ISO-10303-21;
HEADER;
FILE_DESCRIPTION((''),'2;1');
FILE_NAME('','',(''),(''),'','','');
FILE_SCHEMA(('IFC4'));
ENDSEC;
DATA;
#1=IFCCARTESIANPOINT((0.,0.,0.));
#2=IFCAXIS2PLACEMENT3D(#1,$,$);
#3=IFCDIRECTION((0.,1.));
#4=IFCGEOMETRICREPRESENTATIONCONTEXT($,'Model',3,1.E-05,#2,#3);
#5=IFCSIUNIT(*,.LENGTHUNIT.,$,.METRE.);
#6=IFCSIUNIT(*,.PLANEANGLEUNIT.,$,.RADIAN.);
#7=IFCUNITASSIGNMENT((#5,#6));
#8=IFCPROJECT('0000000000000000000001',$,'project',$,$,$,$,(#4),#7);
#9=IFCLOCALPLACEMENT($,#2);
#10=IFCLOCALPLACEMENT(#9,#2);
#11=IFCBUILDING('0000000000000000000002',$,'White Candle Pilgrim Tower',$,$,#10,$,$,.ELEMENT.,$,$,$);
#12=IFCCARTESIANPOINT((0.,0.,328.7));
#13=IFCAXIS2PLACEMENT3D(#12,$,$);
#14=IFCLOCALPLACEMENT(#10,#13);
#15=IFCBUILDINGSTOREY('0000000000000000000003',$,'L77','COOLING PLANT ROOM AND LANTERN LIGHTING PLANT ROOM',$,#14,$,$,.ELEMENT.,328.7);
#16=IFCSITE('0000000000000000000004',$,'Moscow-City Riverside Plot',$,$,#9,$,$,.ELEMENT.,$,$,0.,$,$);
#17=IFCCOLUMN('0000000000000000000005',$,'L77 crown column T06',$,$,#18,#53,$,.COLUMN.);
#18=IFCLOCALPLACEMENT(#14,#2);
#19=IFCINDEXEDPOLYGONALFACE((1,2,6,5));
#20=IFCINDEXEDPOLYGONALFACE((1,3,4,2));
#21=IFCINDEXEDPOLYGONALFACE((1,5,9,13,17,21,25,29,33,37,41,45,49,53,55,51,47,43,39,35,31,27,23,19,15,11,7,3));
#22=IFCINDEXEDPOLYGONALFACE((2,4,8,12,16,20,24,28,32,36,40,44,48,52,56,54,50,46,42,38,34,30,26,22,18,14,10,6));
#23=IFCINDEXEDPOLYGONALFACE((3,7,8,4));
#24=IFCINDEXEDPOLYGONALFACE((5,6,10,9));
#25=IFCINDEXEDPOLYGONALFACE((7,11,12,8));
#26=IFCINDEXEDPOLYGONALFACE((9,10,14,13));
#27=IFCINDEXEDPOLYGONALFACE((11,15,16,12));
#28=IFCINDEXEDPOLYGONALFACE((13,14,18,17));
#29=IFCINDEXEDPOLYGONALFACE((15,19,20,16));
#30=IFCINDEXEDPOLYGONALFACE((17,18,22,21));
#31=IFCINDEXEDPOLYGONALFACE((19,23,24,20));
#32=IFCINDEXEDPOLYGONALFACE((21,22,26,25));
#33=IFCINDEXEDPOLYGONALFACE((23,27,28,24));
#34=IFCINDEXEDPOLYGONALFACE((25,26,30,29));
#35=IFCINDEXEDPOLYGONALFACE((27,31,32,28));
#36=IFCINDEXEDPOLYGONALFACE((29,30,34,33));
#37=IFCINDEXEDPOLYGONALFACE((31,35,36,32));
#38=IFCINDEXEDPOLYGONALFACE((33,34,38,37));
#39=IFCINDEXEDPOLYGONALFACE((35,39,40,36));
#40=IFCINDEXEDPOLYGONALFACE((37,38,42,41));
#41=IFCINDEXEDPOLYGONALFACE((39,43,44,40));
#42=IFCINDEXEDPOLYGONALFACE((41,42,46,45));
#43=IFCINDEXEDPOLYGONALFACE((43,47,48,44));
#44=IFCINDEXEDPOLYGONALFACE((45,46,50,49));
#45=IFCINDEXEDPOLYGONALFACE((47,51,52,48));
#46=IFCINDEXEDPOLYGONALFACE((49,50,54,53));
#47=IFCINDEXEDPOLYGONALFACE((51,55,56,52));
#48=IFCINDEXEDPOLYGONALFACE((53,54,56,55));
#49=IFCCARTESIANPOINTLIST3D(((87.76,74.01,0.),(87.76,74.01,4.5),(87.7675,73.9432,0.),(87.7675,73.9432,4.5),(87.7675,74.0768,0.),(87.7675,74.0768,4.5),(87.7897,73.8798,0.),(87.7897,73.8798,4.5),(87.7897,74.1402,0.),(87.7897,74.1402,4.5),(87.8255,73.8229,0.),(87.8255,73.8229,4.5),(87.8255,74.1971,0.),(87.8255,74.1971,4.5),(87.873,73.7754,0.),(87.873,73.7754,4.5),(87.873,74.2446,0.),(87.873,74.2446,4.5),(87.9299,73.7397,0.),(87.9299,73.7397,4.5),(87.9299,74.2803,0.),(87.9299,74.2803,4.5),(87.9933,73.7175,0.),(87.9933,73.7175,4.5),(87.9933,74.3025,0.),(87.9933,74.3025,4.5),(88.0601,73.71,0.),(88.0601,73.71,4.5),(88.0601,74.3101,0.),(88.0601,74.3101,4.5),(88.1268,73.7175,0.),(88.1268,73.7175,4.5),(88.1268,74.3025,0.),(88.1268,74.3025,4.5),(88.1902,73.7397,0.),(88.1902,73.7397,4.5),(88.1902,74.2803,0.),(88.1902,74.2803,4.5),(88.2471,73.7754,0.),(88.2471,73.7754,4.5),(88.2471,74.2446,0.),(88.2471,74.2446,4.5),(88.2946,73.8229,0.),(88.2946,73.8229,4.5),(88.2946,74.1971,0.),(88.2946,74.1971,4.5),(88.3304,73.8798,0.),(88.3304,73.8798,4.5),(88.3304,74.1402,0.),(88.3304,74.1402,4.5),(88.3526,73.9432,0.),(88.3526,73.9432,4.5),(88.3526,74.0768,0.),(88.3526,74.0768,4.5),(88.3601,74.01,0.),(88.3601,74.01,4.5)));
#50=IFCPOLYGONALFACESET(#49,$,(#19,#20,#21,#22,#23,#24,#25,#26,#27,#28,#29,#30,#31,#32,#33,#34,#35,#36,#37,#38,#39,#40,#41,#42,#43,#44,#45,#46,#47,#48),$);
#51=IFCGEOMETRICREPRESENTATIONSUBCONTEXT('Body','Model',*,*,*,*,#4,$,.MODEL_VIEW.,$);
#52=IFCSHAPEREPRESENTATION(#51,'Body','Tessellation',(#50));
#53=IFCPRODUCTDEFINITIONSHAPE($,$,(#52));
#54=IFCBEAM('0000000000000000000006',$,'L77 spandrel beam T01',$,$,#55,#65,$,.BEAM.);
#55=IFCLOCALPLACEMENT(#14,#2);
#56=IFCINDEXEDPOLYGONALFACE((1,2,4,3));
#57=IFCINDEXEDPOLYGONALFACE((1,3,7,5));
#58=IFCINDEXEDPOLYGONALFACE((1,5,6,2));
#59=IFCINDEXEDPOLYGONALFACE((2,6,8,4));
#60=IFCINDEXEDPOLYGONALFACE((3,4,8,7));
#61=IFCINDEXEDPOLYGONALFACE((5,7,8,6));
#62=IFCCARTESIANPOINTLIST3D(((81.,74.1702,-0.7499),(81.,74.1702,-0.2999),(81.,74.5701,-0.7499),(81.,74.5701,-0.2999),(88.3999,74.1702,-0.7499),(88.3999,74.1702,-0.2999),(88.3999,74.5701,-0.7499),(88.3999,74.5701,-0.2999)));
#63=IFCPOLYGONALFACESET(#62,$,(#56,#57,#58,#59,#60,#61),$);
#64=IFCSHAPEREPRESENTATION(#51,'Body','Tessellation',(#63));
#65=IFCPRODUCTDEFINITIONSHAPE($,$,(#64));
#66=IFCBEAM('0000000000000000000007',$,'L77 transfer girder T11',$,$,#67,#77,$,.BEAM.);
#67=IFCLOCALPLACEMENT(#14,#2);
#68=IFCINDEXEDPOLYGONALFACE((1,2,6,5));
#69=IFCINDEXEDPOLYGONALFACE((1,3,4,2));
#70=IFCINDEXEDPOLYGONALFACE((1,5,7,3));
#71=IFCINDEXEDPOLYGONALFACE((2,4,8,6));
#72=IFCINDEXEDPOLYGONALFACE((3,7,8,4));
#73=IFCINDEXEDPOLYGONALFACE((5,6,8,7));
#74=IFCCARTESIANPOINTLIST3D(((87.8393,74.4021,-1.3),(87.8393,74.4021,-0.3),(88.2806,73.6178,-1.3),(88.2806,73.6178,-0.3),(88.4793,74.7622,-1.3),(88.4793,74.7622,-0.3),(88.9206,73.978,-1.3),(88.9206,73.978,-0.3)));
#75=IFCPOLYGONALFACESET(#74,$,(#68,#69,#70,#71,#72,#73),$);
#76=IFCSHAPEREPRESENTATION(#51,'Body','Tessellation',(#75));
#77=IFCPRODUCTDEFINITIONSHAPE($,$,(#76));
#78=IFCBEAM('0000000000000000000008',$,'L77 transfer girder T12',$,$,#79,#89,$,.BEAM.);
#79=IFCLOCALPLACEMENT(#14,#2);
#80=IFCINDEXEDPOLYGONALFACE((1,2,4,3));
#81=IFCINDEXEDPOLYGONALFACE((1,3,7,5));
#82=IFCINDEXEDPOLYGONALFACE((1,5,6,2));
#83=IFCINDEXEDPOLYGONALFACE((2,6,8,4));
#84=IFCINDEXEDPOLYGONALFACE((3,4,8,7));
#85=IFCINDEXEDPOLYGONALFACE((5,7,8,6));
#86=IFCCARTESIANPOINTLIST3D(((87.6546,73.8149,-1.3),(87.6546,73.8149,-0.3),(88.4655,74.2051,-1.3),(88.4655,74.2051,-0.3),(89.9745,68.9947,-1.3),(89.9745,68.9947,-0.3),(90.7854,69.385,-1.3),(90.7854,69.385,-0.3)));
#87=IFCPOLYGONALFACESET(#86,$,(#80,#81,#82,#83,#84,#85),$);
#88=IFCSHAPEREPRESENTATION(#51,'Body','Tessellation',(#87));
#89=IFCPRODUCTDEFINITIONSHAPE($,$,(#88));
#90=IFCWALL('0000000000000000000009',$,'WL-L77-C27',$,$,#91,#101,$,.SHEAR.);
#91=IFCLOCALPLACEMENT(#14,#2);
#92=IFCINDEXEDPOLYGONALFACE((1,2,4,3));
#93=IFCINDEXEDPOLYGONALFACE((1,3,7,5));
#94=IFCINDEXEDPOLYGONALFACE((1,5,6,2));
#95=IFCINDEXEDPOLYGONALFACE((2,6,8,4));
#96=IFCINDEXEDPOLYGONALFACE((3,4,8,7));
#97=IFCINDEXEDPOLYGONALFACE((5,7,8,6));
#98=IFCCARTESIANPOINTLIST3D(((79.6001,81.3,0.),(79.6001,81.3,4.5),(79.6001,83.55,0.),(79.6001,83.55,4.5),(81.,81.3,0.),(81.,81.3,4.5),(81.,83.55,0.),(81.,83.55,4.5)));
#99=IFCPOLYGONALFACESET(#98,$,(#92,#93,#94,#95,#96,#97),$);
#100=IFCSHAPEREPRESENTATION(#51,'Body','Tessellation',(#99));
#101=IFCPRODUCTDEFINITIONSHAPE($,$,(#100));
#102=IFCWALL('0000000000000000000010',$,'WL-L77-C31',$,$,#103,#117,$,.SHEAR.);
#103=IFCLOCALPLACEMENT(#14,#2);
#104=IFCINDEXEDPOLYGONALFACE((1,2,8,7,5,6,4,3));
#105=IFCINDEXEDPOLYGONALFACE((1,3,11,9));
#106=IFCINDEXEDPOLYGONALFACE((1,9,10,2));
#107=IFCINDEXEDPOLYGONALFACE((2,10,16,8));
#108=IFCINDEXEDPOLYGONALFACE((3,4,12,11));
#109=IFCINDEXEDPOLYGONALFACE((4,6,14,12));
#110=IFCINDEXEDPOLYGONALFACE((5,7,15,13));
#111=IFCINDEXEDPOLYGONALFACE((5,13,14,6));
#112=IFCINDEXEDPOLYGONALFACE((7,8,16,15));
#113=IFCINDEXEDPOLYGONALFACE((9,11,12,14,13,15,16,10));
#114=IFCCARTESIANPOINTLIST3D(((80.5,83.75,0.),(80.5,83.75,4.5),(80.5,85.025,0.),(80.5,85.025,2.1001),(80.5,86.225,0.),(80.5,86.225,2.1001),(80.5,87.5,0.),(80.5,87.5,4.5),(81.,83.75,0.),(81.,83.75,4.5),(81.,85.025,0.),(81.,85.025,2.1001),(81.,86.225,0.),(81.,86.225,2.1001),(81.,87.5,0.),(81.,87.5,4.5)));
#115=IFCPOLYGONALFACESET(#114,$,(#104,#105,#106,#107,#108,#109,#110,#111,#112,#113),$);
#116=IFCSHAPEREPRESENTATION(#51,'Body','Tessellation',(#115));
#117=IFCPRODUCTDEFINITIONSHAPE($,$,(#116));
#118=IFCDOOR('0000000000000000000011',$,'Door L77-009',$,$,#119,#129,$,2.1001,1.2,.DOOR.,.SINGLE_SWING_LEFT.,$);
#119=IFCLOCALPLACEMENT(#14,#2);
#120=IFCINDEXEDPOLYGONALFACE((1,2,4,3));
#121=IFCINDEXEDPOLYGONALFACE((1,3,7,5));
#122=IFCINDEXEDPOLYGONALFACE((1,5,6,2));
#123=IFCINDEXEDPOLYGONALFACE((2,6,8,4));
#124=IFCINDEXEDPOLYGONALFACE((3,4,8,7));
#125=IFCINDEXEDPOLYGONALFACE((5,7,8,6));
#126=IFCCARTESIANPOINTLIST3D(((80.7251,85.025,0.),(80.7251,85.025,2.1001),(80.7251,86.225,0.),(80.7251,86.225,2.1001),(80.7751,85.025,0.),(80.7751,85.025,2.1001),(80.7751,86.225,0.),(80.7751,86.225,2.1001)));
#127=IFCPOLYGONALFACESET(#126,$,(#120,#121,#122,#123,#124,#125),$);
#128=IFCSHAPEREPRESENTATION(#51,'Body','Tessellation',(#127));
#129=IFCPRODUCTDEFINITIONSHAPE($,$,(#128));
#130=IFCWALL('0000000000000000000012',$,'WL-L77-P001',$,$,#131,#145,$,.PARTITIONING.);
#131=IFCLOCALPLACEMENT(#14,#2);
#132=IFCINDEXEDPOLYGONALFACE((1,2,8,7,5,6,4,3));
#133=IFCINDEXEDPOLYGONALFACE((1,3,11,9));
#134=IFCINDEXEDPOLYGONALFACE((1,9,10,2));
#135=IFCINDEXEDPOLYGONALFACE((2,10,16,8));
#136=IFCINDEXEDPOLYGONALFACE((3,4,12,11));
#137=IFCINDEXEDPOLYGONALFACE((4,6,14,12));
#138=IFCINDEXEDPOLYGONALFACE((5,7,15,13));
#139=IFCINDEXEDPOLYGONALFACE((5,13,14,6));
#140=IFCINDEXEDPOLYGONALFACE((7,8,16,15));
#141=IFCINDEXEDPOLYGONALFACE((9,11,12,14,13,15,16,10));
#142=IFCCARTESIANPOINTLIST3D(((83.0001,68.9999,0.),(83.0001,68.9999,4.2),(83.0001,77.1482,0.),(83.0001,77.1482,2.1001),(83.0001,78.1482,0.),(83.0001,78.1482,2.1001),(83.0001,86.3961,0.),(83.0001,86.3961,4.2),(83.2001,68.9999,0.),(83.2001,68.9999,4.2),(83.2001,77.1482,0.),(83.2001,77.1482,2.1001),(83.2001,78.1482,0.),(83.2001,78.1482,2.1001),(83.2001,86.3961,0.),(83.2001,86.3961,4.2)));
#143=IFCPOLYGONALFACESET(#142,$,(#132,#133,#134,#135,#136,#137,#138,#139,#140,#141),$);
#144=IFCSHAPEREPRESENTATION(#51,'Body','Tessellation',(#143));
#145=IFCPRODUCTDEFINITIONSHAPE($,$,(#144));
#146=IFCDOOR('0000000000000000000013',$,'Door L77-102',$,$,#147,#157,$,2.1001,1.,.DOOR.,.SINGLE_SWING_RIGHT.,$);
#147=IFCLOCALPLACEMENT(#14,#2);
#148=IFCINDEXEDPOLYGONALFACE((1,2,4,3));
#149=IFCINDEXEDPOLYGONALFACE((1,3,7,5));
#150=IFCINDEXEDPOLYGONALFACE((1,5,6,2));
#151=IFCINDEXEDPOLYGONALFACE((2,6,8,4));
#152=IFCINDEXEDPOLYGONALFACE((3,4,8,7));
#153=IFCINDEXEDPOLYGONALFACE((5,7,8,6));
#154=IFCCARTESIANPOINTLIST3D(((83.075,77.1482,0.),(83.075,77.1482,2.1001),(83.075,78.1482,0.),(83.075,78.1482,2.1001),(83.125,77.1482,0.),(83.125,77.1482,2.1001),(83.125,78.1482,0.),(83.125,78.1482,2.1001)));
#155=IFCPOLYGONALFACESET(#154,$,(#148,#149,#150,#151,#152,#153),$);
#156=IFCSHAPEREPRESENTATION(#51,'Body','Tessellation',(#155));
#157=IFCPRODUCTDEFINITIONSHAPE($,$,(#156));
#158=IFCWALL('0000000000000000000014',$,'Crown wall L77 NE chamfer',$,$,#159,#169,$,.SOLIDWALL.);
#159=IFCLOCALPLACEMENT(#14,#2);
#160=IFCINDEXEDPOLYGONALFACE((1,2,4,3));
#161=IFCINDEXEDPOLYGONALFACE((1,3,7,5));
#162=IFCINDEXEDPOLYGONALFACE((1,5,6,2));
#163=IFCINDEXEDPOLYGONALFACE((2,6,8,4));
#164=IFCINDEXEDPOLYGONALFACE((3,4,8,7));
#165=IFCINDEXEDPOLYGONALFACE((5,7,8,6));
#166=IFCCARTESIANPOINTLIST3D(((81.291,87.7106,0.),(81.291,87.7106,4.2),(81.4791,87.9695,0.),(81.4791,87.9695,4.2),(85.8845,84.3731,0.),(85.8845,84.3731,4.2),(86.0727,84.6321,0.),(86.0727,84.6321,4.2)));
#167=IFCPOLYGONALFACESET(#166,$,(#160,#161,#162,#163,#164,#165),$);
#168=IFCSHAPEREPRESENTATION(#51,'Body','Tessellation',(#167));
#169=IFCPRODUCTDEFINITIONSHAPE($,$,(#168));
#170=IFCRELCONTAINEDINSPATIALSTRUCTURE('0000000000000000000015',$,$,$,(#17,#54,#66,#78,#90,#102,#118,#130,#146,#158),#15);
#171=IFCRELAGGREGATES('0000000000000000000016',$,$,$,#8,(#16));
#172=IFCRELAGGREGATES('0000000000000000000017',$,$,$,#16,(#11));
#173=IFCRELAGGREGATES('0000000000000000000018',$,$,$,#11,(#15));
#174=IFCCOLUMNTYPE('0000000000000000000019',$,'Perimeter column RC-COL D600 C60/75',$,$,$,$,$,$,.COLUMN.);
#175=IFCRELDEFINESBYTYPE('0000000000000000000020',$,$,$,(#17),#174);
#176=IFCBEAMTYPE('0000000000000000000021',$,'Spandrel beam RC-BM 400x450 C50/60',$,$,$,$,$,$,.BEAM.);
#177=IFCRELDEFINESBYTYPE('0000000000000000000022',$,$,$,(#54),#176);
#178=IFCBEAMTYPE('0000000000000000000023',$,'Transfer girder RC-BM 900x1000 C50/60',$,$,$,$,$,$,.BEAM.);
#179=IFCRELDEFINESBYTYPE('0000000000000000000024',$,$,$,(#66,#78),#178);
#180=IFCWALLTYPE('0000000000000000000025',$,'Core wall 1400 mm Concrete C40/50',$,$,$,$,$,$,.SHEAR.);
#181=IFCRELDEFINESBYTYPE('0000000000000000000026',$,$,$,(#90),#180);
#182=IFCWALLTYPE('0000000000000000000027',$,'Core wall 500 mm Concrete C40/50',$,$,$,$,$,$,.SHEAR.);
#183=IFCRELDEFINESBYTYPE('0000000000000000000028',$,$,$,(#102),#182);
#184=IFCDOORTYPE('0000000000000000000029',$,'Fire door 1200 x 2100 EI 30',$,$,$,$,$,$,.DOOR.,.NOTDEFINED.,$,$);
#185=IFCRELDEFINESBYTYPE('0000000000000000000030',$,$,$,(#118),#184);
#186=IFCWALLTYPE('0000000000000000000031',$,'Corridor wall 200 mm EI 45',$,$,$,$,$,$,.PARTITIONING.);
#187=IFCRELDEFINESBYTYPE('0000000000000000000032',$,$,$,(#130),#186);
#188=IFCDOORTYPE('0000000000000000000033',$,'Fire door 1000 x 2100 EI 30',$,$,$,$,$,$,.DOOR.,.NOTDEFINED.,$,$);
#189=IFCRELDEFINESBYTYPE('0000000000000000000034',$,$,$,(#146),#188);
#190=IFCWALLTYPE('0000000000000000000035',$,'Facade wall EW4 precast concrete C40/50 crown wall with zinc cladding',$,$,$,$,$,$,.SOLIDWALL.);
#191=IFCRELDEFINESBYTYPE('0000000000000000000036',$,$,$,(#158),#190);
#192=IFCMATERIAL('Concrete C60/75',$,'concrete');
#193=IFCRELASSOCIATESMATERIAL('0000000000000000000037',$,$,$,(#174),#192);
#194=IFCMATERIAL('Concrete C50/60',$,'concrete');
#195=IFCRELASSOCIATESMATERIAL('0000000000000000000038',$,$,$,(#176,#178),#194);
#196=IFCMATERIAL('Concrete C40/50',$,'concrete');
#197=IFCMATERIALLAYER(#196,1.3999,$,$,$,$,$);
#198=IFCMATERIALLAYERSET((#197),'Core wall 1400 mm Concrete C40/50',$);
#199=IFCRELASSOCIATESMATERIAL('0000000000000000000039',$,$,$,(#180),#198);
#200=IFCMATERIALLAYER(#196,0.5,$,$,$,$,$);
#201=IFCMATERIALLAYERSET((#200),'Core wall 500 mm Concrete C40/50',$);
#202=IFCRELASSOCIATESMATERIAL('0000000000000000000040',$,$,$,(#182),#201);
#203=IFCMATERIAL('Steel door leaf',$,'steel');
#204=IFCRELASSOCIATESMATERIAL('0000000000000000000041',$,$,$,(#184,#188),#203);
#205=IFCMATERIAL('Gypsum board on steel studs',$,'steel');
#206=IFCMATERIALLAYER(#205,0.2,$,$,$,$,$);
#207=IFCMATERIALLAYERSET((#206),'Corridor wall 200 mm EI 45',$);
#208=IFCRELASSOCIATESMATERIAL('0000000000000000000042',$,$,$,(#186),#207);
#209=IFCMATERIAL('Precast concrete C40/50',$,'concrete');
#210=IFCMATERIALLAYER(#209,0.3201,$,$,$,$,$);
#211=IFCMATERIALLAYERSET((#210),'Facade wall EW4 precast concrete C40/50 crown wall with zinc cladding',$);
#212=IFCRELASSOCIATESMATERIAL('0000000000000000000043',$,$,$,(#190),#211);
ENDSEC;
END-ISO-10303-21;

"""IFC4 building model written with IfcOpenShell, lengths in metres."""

from ifc_helpers import new_model, si_unit, direction, frame, frame_2d, origin, origin_2d, place, context, subcontext, project, spatial, rectangle, circle, extrude, material, layer, layer_set, material_profile, profile_set, type_object, element, fill, save


model = new_model("IFC4")

# Units and contexts
model_context = context("Model", 3, precision=1e-05, world=origin(), true_north=direction((0.0, 1.0)))
body_context = subcontext(model_context, "Body", "Model", "MODEL_VIEW")
ifc_project = project(units=[si_unit("LENGTHUNIT", "METRE"), si_unit("PLANEANGLEUNIT", "RADIAN")], contexts=[model_context])

# Site, building, storey
site_placement = place(None, origin())
site = spatial("IfcSite", under=ifc_project, at=site_placement, Name="Moscow-City Riverside Plot", CompositionType="ELEMENT", RefElevation=0.0)
building_placement = place(site_placement, origin())
building = spatial("IfcBuilding", under=site, at=building_placement, Name="White Candle Pilgrim Tower", CompositionType="ELEMENT")
storey_placement = place(building_placement, frame((0.0, 0.0, 328.7)))
storey = spatial("IfcBuildingStorey", under=building, at=storey_placement, Name="L77", Description="COOLING PLANT ROOM AND LANTERN LIGHTING PLANT ROOM", CompositionType="ELEMENT", Elevation=328.7)

# Column
ifc_material_1 = material(Name="Concrete C60/75", Category="concrete")
ifc_material_profile_1 = material_profile(ifc_material_1, circle(Radius=0.3, at=origin_2d()), Name="RC-COL D600")
ifc_profile_set_1 = profile_set([ifc_material_profile_1], Name="Concrete C60/75")
column_type = type_object("IfcColumnType", Name="Perimeter column RC-COL D600 C60/75", PredefinedType="COLUMN", material=ifc_profile_set_1)
column_placement = place(storey_placement, frame((88.0601, 74.01, 0.0), z_axis=(0.0, 0.0, 1.0), x_axis=(1.0, 0.0, 0.0)))
element("IfcColumn", 1, at=column_placement, inside=storey, type_object=column_type, Name="L77 crown column T06", PredefinedType="COLUMN", context=body_context, shape_type="SweptSolid", body=[
    extrude(circle(Radius=0.3, at=origin_2d()), origin(), (0.0, 0.0, 1.0), 4.5),
])

# Beams
ifc_material_2 = material(Name="Concrete C50/60", Category="concrete")
ifc_material_profile_2 = material_profile(ifc_material_2, rectangle(XDim=0.3999, YDim=0.45, at=origin_2d()), Name="RC-BM 400x450")
ifc_profile_set_2 = profile_set([ifc_material_profile_2], Name="Concrete C50/60")
beam_type_1 = type_object("IfcBeamType", Name="Spandrel beam RC-BM 400x450 C50/60", PredefinedType="BEAM", material=ifc_profile_set_2)
beam_1_placement = place(storey_placement, frame((88.3999, 74.3701, -0.5249), z_axis=(-1.0, 0.0, 0.0), x_axis=(0.0, -1.0, 0.0)))
element("IfcBeam", 2, at=beam_1_placement, inside=storey, type_object=beam_type_1, Name="L77 spandrel beam T01", PredefinedType="BEAM", context=body_context, shape_type="SweptSolid", body=[
    extrude(rectangle(XDim=0.3999, YDim=0.45, at=origin_2d()), origin(), (0.0, 0.0, 1.0), 7.3999),
])
ifc_material_profile_3 = material_profile(ifc_material_2, rectangle(XDim=0.8999, YDim=1.0, at=origin_2d()), Name="RC-BM 900x1000")
ifc_profile_set_3 = profile_set([ifc_material_profile_3], Name="Concrete C50/60")
beam_type_2 = type_object("IfcBeamType", Name="Transfer girder RC-BM 900x1000 C50/60", PredefinedType="BEAM", material=ifc_profile_set_3)
beam_2_placement = place(storey_placement, frame((88.7, 74.3701, -0.8), z_axis=(-0.871478, -0.490435, 0.0), x_axis=(0.490435, -0.871478, 0.0)))
element("IfcBeam", 3, at=beam_2_placement, inside=storey, type_object=beam_type_2, Name="L77 transfer girder T11", PredefinedType="BEAM", context=body_context, shape_type="SweptSolid", body=[
    extrude(rectangle(XDim=0.8999, YDim=1.0, at=origin_2d()), origin(), (0.0, 0.0, 1.0), 0.7344),
])
beam_3_placement = place(storey_placement, frame((88.0601, 74.01, -0.8), z_axis=(0.433672, -0.901071, 0.0), x_axis=(0.901071, 0.433672, 0.0)))
element("IfcBeam", 4, at=beam_3_placement, inside=storey, type_object=beam_type_2, Name="L77 transfer girder T12", PredefinedType="BEAM", context=body_context, shape_type="SweptSolid", body=[
    extrude(rectangle(XDim=0.8999, YDim=1.0, at=origin_2d()), origin(), (0.0, 0.0, 1.0), 5.3494),
])

# Wall
ifc_material_3 = material(Name="Concrete C40/50", Category="concrete")
ifc_layer_1 = layer(ifc_material_3, 1.3999)
ifc_layer_set_1 = layer_set([ifc_layer_1], Name="Core wall 1400 mm Concrete C40/50")
wall_type_1 = type_object("IfcWallType", Name="Core wall 1400 mm Concrete C40/50", PredefinedType="SHEAR", material=ifc_layer_set_1)
wall_1_placement = place(storey_placement, frame((80.3, 81.3, 0.0), z_axis=(0.0, 0.0, 1.0), x_axis=(0.0, 1.0, 0.0)))
element("IfcWall", 5, at=wall_1_placement, inside=storey, type_object=wall_type_1, Name="WL-L77-C27", PredefinedType="SHEAR", context=body_context, shape_type="SweptSolid", body=[
    extrude(rectangle(XDim=2.25, YDim=1.3999, at=frame_2d((1.125, 0.0))), origin(), (0.0, 0.0, 1.0), 4.5),
])

# Walls, openings, doors
ifc_layer_2 = layer(ifc_material_3, 0.5)
ifc_layer_set_2 = layer_set([ifc_layer_2], Name="Core wall 500 mm Concrete C40/50")
wall_type_2 = type_object("IfcWallType", Name="Core wall 500 mm Concrete C40/50", PredefinedType="SHEAR", material=ifc_layer_set_2)
wall_2_placement = place(storey_placement, frame((80.75, 83.75, 0.0), z_axis=(0.0, 0.0, 1.0), x_axis=(0.0, 1.0, 0.0)))
wall_2 = element("IfcWall", 6, at=wall_2_placement, inside=storey, type_object=wall_type_2, Name="WL-L77-C31", PredefinedType="SHEAR", context=body_context, shape_type="SweptSolid", body=[
    extrude(rectangle(XDim=3.75, YDim=0.5, at=frame_2d((1.875, 0.0))), origin(), (0.0, 0.0, 1.0), 4.5),
])
opening_1_placement = place(wall_2_placement, frame((1.2749, 0.0, 0.0)))
opening_1 = element("IfcOpeningElement", 7, at=opening_1_placement, cuts=wall_2, PredefinedType="OPENING", context=body_context, shape_type="SweptSolid", body=[
    extrude(rectangle(XDim=1.2, YDim=2.1001, at=frame_2d((0.6001, 1.05))), frame((0.0, 0.26, 0.0), z_axis=(0.0, -1.0, 0.0), x_axis=(1.0, 0.0, 0.0)), (0.0, 0.0, 1.0), 0.52),
])
ifc_material_4 = material(Name="Steel door leaf", Category="steel")
door_type_1 = type_object("IfcDoorType", Name="Fire door 1200 x 2100 EI 30", OperationType="NOTDEFINED", PredefinedType="DOOR", material=ifc_material_4)
door_1_placement = place(opening_1_placement, origin())
door_1 = element("IfcDoor", 8, at=door_1_placement, inside=storey, type_object=door_type_1, Name="Door L77-009", OperationType="SINGLE_SWING_LEFT", OverallHeight=2.1001, OverallWidth=1.2, PredefinedType="DOOR", context=body_context, shape_type="SweptSolid", body=[
    extrude(rectangle(XDim=1.2, YDim=2.1001, at=frame_2d((0.6001, 1.05))), frame((0.0, 0.0249, 0.0), z_axis=(0.0, -1.0, 0.0), x_axis=(1.0, 0.0, 0.0)), (0.0, 0.0, 1.0), 0.05),
])
fill(opening_1, door_1)
ifc_material_5 = material(Name="Gypsum board on steel studs", Category="steel")
ifc_layer_3 = layer(ifc_material_5, 0.2)
ifc_layer_set_3 = layer_set([ifc_layer_3], Name="Corridor wall 200 mm EI 45")
wall_type_3 = type_object("IfcWallType", Name="Corridor wall 200 mm EI 45", PredefinedType="PARTITIONING", material=ifc_layer_set_3)
wall_3_placement = place(storey_placement, frame((83.1001, 86.3962, 0.0), z_axis=(0.0, 0.0, 1.0), x_axis=(0.0, -1.0, 0.0)))
wall_3 = element("IfcWall", 9, at=wall_3_placement, inside=storey, type_object=wall_type_3, Name="WL-L77-P001", PredefinedType="PARTITIONING", context=body_context, shape_type="SweptSolid", body=[
    extrude(rectangle(XDim=17.3962, YDim=0.2, at=frame_2d((8.6982, 0.0))), origin(), (0.0, 0.0, 1.0), 4.2),
])
opening_2_placement = place(wall_3_placement, frame((8.248, 0.0, 0.0)))
opening_2 = element("IfcOpeningElement", 10, at=opening_2_placement, cuts=wall_3, PredefinedType="OPENING", context=body_context, shape_type="SweptSolid", body=[
    extrude(rectangle(XDim=1.0, YDim=2.1001, at=frame_2d((0.5, 1.05))), frame((0.0, 0.1099, 0.0), z_axis=(0.0, -1.0, 0.0), x_axis=(1.0, 0.0, 0.0)), (0.0, 0.0, 1.0), 0.22),
])
door_type_2 = type_object("IfcDoorType", Name="Fire door 1000 x 2100 EI 30", OperationType="NOTDEFINED", PredefinedType="DOOR", material=ifc_material_4)
door_2_placement = place(opening_2_placement, origin())
door_2 = element("IfcDoor", 11, at=door_2_placement, inside=storey, type_object=door_type_2, Name="Door L77-102", OperationType="SINGLE_SWING_RIGHT", OverallHeight=2.1001, OverallWidth=1.0, PredefinedType="DOOR", context=body_context, shape_type="SweptSolid", body=[
    extrude(rectangle(XDim=1.0, YDim=2.1001, at=frame_2d((0.5, 1.05))), frame((0.0, 0.0249, 0.0), z_axis=(0.0, -1.0, 0.0), x_axis=(1.0, 0.0, 0.0)), (0.0, 0.0, 1.0), 0.05),
])
fill(opening_2, door_2)

# Wall
ifc_material_6 = material(Name="Precast concrete C40/50", Category="concrete")
ifc_layer_4 = layer(ifc_material_6, 0.3201)
ifc_layer_set_4 = layer_set([ifc_layer_4], Name="Facade wall EW4 precast concrete C40/50 crown wall with zinc cladding")
wall_type_4 = type_object("IfcWallType", Name="Facade wall EW4 precast concrete C40/50 crown wall with zinc cladding", PredefinedType="SOLIDWALL", material=ifc_layer_set_4)
wall_4_placement = place(storey_placement, frame((85.9785, 84.5027, 0.0), z_axis=(0.0, 0.0, 1.0), x_axis=(-0.809015, 0.587788, 0.0)))
element("IfcWall", 12, at=wall_4_placement, inside=storey, type_object=wall_type_4, Name="Crown wall L77 NE chamfer", PredefinedType="SOLIDWALL", context=body_context, shape_type="SweptSolid", body=[
    extrude(rectangle(XDim=5.678, YDim=0.3201, at=frame_2d((2.8389, 0.0))), origin(), (0.0, 0.0, 1.0), 4.2),
])

save(model, "model.ifc")
